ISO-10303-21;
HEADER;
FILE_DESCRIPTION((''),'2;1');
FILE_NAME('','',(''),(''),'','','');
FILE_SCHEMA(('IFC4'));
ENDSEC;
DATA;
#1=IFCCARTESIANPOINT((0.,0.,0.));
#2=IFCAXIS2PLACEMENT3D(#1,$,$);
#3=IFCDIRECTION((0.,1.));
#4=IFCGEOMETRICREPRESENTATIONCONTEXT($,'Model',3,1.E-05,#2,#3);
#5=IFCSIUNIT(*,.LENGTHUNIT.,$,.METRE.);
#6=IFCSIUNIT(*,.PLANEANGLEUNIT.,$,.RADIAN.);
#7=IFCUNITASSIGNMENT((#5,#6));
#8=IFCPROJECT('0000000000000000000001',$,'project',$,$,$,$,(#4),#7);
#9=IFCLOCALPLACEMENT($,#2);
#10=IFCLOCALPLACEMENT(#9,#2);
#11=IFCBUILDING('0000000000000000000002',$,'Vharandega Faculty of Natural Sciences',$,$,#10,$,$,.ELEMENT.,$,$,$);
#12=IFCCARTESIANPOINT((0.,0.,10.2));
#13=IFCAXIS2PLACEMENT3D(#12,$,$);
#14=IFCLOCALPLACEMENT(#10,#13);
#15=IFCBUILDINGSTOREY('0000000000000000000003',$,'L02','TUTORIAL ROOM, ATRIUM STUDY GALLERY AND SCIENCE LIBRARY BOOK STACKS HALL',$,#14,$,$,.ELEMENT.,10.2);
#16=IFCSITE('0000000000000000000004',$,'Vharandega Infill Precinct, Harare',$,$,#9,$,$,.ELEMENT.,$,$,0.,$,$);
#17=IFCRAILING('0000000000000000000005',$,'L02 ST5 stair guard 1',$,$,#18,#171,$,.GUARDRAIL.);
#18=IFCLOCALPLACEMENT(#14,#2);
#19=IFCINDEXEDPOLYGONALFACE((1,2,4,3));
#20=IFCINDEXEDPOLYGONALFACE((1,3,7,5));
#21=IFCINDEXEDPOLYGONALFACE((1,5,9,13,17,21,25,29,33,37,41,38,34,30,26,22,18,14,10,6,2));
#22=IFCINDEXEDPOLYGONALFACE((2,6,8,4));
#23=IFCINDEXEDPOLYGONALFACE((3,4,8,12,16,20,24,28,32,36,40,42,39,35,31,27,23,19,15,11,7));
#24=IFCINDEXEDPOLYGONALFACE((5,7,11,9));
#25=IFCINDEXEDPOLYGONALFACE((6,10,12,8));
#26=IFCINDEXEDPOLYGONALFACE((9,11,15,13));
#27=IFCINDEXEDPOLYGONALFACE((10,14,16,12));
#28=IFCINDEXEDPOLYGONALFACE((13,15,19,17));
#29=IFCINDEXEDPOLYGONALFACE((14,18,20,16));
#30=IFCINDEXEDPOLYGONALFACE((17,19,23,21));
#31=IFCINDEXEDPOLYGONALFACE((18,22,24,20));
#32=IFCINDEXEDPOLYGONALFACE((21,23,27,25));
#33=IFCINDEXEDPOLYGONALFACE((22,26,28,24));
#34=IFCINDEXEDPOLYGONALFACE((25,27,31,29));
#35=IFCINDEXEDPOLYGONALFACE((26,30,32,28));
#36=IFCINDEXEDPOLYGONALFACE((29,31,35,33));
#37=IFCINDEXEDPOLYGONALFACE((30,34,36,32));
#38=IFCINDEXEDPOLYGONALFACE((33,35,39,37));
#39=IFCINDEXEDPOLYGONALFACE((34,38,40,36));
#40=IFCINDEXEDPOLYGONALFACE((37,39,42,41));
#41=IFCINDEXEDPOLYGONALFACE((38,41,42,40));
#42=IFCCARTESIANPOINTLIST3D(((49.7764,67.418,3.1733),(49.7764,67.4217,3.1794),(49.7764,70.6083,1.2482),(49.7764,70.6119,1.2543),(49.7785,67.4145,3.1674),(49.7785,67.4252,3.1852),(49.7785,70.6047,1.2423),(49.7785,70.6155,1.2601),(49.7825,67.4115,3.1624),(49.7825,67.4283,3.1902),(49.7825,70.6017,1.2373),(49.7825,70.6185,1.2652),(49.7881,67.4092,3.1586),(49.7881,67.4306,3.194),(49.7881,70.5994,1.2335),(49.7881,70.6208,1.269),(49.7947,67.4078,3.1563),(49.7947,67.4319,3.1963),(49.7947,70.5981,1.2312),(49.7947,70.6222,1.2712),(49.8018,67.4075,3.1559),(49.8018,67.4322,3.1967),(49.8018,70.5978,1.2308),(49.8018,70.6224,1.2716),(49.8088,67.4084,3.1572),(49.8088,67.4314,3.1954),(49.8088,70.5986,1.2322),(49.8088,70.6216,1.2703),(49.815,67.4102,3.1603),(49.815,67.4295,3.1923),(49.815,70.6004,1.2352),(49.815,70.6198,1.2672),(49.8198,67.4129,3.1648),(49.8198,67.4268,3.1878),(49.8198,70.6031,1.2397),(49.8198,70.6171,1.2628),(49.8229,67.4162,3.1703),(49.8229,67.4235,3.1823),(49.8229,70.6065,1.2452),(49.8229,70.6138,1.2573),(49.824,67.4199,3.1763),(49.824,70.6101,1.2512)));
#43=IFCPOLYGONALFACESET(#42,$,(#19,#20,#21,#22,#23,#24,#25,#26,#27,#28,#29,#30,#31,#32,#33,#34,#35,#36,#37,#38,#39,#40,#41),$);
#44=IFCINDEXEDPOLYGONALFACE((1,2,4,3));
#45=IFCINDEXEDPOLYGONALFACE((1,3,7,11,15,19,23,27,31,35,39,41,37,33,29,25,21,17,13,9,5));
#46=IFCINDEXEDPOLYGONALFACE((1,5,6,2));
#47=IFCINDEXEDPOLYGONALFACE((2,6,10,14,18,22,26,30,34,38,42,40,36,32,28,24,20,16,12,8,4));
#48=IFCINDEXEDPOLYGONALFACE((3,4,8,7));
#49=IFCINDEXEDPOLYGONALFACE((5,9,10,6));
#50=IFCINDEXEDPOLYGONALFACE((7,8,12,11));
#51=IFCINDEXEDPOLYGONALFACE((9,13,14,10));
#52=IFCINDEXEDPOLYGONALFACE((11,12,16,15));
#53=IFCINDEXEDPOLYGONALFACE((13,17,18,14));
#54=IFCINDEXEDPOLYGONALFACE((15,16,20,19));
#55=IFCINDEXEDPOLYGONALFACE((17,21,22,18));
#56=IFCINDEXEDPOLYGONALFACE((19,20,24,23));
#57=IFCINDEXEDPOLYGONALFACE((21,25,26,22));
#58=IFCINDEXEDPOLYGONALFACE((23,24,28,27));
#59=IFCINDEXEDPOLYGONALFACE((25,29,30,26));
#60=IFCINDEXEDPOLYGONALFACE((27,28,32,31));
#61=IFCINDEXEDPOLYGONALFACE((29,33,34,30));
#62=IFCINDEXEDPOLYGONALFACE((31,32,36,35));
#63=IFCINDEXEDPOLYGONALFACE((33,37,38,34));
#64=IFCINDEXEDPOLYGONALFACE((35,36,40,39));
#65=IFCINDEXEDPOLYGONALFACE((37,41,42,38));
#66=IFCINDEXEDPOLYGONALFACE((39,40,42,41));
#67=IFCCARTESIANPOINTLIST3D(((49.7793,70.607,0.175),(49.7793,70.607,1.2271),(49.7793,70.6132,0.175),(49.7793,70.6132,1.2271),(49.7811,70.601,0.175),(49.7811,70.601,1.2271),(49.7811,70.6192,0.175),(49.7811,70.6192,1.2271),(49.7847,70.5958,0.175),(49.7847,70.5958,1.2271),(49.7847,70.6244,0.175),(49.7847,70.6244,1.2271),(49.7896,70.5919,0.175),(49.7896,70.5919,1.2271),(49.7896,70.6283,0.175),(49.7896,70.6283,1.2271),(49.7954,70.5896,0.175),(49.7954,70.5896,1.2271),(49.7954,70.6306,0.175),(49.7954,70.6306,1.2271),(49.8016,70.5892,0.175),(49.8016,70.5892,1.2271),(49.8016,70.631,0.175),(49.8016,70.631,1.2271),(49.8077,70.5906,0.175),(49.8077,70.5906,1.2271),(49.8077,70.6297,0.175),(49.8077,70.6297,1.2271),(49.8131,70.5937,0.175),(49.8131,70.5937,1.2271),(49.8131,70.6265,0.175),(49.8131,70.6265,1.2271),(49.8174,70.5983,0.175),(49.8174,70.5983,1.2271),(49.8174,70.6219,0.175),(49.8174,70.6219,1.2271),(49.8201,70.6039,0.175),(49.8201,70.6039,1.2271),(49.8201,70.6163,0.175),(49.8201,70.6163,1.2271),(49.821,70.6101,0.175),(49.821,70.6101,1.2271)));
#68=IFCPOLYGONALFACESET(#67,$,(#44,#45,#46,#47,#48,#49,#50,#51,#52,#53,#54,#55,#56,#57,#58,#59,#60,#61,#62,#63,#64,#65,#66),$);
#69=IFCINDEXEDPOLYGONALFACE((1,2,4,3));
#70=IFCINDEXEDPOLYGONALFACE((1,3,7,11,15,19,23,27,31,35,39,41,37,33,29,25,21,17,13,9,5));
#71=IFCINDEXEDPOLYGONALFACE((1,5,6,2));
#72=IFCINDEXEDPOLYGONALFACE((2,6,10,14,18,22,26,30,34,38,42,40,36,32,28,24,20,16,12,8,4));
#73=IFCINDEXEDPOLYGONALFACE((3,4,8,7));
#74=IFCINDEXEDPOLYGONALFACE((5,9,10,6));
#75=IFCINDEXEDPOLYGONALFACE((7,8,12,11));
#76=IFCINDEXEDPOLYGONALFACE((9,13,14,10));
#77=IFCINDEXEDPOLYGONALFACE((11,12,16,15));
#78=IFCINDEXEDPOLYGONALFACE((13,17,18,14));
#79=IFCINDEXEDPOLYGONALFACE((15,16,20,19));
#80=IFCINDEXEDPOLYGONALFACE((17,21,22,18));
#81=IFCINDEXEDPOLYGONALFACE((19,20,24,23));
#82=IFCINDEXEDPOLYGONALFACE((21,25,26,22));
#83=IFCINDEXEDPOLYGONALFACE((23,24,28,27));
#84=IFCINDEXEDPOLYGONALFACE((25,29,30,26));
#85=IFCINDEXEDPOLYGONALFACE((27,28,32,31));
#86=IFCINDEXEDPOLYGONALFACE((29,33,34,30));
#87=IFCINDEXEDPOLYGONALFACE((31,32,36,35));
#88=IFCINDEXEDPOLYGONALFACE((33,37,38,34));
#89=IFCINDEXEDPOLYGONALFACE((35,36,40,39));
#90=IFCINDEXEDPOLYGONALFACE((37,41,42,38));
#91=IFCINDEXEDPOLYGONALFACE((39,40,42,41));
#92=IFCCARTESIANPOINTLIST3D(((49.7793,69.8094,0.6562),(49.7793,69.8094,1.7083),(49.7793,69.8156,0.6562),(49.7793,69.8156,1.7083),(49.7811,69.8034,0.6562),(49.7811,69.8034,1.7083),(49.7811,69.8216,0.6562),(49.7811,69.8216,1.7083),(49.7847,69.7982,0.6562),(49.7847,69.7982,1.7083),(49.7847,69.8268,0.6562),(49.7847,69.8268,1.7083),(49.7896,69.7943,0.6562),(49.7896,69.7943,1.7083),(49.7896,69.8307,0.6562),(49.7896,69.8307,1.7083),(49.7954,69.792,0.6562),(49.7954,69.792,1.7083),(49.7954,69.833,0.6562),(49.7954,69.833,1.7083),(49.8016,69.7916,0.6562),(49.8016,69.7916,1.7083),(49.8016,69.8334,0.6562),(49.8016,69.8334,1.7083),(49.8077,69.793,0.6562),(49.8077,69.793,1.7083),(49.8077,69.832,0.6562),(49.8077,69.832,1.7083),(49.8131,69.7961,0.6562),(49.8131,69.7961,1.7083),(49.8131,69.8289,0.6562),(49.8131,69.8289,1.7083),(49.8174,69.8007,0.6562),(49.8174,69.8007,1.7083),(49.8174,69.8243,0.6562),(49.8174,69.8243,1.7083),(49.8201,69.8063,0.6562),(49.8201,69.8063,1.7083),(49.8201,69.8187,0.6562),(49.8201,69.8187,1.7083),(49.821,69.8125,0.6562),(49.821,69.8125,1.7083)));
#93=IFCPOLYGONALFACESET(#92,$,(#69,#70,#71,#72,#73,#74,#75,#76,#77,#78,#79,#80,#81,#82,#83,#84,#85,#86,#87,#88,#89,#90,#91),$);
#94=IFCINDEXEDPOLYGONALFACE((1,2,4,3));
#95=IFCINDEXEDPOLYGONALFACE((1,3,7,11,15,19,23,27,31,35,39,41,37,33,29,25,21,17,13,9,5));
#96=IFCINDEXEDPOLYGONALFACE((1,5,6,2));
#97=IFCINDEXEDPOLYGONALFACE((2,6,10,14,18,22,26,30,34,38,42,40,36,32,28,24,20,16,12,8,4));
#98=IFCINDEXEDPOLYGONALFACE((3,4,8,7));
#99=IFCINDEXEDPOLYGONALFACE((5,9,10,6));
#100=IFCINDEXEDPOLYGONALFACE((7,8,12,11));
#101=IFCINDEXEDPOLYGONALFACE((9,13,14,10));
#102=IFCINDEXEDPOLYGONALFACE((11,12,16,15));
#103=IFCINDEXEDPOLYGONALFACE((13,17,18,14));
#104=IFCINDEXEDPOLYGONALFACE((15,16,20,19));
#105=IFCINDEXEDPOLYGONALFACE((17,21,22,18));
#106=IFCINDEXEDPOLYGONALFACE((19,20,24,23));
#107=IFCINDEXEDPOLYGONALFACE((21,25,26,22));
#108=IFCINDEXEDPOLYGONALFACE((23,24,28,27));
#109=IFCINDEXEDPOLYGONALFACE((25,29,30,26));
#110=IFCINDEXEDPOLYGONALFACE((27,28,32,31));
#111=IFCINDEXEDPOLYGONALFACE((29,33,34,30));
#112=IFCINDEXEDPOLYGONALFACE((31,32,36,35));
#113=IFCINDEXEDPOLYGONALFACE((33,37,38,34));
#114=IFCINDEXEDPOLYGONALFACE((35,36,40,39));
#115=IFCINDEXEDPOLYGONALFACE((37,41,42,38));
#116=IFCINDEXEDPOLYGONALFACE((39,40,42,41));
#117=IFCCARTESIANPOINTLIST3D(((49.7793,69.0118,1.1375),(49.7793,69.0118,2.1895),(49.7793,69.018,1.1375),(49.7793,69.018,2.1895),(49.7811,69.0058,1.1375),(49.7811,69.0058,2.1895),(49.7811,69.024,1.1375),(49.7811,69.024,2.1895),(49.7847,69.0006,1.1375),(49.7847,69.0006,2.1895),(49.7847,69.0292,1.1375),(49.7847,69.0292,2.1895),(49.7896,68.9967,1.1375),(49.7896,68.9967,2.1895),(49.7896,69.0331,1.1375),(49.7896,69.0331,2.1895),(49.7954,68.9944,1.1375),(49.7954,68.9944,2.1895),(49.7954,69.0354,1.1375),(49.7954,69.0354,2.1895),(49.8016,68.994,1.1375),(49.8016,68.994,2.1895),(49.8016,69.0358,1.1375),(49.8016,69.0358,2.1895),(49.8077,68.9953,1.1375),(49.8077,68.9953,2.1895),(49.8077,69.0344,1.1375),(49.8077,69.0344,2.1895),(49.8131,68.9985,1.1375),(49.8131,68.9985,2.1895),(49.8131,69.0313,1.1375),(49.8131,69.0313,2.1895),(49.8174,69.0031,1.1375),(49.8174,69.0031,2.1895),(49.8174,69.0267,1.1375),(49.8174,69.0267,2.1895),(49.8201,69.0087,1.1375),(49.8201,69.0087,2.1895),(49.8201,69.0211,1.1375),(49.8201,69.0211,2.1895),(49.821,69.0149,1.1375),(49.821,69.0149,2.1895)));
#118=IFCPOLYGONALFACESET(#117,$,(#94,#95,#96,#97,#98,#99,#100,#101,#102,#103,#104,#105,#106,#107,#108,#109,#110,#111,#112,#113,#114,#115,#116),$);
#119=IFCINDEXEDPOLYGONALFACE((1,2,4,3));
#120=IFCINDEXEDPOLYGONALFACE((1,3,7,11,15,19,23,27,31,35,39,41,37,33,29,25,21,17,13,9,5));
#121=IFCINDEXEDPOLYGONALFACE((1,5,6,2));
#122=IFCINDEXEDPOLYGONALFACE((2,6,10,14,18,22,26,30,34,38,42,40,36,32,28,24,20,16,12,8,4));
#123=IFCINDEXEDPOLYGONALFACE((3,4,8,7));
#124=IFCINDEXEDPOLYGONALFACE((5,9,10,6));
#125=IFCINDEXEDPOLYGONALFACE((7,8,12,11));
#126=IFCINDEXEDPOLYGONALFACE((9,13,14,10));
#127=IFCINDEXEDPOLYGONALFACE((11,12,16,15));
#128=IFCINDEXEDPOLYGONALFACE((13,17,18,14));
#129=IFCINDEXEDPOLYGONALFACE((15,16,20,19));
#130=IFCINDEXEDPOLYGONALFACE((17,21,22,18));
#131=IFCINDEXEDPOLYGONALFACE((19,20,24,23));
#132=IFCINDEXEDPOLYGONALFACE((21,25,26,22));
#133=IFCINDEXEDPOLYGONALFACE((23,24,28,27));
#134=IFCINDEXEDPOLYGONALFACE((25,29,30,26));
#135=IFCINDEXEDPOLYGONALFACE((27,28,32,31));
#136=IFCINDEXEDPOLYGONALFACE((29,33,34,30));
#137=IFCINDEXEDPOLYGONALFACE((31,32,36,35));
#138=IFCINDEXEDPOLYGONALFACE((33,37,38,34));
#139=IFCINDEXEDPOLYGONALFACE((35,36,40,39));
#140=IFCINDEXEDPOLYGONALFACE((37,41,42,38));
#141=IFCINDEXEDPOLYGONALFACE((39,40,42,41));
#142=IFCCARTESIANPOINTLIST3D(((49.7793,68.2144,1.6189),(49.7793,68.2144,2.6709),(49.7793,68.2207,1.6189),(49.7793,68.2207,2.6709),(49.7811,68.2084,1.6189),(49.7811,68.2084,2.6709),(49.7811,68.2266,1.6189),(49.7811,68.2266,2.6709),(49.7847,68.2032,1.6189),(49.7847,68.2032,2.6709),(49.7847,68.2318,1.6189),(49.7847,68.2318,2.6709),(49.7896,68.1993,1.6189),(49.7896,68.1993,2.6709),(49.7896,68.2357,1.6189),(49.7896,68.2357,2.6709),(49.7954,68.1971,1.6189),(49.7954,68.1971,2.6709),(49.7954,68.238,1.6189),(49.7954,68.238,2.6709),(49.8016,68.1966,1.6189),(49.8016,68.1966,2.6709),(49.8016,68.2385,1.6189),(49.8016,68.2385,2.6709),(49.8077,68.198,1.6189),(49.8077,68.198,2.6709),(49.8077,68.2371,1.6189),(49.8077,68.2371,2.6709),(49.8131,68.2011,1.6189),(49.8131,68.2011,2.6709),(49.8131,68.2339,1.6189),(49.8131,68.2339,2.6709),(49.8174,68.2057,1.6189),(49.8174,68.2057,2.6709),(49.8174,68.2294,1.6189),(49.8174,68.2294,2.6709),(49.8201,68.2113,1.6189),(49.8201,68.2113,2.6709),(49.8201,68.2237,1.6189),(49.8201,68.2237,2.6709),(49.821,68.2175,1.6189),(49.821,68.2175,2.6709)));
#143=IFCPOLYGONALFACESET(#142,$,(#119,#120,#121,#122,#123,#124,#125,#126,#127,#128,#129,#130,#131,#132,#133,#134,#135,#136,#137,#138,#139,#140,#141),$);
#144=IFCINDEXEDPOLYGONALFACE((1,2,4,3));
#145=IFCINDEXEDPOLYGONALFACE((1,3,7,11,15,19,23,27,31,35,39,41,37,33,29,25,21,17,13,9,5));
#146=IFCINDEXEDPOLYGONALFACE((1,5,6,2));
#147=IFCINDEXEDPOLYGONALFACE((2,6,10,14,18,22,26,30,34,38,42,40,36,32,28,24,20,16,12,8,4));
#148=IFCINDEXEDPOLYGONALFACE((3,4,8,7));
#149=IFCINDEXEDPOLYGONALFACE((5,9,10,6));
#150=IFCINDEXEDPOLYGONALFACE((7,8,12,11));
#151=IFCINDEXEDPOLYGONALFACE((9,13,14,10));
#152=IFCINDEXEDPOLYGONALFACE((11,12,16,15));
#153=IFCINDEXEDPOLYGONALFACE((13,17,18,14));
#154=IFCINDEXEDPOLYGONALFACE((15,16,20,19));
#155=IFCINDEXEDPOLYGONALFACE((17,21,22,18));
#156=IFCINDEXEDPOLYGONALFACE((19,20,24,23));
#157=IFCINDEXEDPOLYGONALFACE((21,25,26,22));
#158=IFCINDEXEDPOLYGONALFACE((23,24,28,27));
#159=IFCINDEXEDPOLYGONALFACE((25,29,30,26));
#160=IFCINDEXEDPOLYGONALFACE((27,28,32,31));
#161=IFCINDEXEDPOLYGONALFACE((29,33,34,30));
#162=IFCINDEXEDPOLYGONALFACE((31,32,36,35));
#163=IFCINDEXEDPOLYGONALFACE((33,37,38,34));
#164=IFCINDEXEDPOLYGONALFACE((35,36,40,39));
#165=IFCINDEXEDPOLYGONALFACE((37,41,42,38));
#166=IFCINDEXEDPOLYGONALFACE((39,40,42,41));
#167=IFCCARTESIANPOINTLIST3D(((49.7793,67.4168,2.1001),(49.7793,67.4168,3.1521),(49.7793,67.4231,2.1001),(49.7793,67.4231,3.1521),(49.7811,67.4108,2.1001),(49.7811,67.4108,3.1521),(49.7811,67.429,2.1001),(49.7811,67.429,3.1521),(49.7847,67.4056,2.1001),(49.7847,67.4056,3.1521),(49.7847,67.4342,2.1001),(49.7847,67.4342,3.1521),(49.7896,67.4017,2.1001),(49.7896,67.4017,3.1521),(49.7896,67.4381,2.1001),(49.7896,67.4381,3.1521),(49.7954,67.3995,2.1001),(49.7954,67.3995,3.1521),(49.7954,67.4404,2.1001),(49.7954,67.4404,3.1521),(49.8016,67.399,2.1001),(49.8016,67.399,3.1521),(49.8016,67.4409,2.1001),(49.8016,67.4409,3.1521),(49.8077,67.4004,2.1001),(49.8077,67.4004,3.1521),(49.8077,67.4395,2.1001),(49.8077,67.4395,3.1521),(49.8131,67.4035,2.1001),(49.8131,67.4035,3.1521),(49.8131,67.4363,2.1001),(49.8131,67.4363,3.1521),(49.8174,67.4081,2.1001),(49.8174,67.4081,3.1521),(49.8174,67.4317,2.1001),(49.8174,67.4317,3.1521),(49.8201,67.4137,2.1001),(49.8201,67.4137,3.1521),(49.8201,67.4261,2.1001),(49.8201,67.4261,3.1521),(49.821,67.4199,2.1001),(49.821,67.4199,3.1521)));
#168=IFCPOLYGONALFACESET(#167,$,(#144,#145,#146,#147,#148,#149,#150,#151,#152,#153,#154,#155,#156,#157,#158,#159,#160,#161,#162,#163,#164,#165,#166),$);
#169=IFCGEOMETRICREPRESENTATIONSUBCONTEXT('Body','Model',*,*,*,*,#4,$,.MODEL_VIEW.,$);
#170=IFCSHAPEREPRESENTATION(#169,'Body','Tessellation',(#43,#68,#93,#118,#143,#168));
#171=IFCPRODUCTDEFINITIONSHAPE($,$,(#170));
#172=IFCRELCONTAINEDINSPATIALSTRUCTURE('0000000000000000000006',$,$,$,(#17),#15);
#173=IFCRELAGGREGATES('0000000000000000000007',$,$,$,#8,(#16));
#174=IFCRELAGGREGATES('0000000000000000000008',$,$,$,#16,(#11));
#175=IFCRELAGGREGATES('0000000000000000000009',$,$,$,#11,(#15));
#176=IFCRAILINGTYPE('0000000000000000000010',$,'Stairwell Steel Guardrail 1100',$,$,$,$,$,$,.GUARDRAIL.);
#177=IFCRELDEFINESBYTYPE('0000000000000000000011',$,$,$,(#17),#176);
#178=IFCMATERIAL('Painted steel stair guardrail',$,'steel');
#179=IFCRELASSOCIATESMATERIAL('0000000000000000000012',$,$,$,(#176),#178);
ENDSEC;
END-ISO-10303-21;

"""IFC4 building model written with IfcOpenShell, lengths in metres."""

from ifc_helpers import new_model, si_unit, direction, frame, origin, origin_2d, place, context, subcontext, project, spatial, circle, extrude, material, type_object, element, save


model = new_model("IFC4")

# Units and contexts
model_context = context("Model", 3, precision=1e-05, world=origin(), true_north=direction((0.0, 1.0)))
body_context = subcontext(model_context, "Body", "Model", "MODEL_VIEW")
ifc_project = project(units=[si_unit("LENGTHUNIT", "METRE"), si_unit("PLANEANGLEUNIT", "RADIAN")], contexts=[model_context])

# Site, building, storey
site_placement = place(None, origin())
site = spatial("IfcSite", under=ifc_project, at=site_placement, Name="Vharandega Infill Precinct, Harare", CompositionType="ELEMENT", RefElevation=0.0)
building_placement = place(site_placement, origin())
building = spatial("IfcBuilding", under=site, at=building_placement, Name="Vharandega Faculty of Natural Sciences", CompositionType="ELEMENT")
storey_placement = place(building_placement, frame((0.0, 0.0, 10.2)))
storey = spatial("IfcBuildingStorey", under=building, at=storey_placement, Name="L02", Description="TUTORIAL ROOM, ATRIUM STUDY GALLERY AND SCIENCE LIBRARY BOOK STACKS HALL", CompositionType="ELEMENT", Elevation=10.2)

# Railing
ifc_material_1 = material(Name="Painted steel stair guardrail", Category="steel")
railing_type_1 = type_object("IfcRailingType", Name="Stairwell Steel Guardrail 1100", PredefinedType="GUARDRAIL", material=ifc_material_1)
railing_1_placement = place(storey_placement, frame((49.8, 70.6101, 0.175)))
element("IfcRailing", 1, at=railing_1_placement, inside=storey, type_object=railing_type_1, Name="L02 ST5 stair guard 1", PredefinedType="GUARDRAIL", context=body_context, shape_type="SweptSolid", body=[
    extrude(circle(Radius=0.0239, at=origin_2d()), frame((0.0, 0.0, 1.0762), z_axis=(0.0, -0.856195, 0.516653), x_axis=(1.0, 0.0, 0.0)), (0.0, 0.0, 1.0), 3.7261),
    extrude(circle(Radius=0.021, at=origin_2d()), origin(), (0.0, 0.0, 1.0), 1.052),
    extrude(circle(Radius=0.021, at=origin_2d()), frame((0.0, -0.7976, 0.4812)), (0.0, 0.0, 1.0), 1.052),
    extrude(circle(Radius=0.021, at=origin_2d()), frame((0.0, -1.5952, 0.9624)), (0.0, 0.0, 1.0), 1.052),
    extrude(circle(Radius=0.021, at=origin_2d()), frame((0.0, -2.3926, 1.4438)), (0.0, 0.0, 1.0), 1.052),
    extrude(circle(Radius=0.021, at=origin_2d()), frame((0.0, -3.1902, 1.925)), (0.0, 0.0, 1.0), 1.052),
])

save(model, "model.ifc")
